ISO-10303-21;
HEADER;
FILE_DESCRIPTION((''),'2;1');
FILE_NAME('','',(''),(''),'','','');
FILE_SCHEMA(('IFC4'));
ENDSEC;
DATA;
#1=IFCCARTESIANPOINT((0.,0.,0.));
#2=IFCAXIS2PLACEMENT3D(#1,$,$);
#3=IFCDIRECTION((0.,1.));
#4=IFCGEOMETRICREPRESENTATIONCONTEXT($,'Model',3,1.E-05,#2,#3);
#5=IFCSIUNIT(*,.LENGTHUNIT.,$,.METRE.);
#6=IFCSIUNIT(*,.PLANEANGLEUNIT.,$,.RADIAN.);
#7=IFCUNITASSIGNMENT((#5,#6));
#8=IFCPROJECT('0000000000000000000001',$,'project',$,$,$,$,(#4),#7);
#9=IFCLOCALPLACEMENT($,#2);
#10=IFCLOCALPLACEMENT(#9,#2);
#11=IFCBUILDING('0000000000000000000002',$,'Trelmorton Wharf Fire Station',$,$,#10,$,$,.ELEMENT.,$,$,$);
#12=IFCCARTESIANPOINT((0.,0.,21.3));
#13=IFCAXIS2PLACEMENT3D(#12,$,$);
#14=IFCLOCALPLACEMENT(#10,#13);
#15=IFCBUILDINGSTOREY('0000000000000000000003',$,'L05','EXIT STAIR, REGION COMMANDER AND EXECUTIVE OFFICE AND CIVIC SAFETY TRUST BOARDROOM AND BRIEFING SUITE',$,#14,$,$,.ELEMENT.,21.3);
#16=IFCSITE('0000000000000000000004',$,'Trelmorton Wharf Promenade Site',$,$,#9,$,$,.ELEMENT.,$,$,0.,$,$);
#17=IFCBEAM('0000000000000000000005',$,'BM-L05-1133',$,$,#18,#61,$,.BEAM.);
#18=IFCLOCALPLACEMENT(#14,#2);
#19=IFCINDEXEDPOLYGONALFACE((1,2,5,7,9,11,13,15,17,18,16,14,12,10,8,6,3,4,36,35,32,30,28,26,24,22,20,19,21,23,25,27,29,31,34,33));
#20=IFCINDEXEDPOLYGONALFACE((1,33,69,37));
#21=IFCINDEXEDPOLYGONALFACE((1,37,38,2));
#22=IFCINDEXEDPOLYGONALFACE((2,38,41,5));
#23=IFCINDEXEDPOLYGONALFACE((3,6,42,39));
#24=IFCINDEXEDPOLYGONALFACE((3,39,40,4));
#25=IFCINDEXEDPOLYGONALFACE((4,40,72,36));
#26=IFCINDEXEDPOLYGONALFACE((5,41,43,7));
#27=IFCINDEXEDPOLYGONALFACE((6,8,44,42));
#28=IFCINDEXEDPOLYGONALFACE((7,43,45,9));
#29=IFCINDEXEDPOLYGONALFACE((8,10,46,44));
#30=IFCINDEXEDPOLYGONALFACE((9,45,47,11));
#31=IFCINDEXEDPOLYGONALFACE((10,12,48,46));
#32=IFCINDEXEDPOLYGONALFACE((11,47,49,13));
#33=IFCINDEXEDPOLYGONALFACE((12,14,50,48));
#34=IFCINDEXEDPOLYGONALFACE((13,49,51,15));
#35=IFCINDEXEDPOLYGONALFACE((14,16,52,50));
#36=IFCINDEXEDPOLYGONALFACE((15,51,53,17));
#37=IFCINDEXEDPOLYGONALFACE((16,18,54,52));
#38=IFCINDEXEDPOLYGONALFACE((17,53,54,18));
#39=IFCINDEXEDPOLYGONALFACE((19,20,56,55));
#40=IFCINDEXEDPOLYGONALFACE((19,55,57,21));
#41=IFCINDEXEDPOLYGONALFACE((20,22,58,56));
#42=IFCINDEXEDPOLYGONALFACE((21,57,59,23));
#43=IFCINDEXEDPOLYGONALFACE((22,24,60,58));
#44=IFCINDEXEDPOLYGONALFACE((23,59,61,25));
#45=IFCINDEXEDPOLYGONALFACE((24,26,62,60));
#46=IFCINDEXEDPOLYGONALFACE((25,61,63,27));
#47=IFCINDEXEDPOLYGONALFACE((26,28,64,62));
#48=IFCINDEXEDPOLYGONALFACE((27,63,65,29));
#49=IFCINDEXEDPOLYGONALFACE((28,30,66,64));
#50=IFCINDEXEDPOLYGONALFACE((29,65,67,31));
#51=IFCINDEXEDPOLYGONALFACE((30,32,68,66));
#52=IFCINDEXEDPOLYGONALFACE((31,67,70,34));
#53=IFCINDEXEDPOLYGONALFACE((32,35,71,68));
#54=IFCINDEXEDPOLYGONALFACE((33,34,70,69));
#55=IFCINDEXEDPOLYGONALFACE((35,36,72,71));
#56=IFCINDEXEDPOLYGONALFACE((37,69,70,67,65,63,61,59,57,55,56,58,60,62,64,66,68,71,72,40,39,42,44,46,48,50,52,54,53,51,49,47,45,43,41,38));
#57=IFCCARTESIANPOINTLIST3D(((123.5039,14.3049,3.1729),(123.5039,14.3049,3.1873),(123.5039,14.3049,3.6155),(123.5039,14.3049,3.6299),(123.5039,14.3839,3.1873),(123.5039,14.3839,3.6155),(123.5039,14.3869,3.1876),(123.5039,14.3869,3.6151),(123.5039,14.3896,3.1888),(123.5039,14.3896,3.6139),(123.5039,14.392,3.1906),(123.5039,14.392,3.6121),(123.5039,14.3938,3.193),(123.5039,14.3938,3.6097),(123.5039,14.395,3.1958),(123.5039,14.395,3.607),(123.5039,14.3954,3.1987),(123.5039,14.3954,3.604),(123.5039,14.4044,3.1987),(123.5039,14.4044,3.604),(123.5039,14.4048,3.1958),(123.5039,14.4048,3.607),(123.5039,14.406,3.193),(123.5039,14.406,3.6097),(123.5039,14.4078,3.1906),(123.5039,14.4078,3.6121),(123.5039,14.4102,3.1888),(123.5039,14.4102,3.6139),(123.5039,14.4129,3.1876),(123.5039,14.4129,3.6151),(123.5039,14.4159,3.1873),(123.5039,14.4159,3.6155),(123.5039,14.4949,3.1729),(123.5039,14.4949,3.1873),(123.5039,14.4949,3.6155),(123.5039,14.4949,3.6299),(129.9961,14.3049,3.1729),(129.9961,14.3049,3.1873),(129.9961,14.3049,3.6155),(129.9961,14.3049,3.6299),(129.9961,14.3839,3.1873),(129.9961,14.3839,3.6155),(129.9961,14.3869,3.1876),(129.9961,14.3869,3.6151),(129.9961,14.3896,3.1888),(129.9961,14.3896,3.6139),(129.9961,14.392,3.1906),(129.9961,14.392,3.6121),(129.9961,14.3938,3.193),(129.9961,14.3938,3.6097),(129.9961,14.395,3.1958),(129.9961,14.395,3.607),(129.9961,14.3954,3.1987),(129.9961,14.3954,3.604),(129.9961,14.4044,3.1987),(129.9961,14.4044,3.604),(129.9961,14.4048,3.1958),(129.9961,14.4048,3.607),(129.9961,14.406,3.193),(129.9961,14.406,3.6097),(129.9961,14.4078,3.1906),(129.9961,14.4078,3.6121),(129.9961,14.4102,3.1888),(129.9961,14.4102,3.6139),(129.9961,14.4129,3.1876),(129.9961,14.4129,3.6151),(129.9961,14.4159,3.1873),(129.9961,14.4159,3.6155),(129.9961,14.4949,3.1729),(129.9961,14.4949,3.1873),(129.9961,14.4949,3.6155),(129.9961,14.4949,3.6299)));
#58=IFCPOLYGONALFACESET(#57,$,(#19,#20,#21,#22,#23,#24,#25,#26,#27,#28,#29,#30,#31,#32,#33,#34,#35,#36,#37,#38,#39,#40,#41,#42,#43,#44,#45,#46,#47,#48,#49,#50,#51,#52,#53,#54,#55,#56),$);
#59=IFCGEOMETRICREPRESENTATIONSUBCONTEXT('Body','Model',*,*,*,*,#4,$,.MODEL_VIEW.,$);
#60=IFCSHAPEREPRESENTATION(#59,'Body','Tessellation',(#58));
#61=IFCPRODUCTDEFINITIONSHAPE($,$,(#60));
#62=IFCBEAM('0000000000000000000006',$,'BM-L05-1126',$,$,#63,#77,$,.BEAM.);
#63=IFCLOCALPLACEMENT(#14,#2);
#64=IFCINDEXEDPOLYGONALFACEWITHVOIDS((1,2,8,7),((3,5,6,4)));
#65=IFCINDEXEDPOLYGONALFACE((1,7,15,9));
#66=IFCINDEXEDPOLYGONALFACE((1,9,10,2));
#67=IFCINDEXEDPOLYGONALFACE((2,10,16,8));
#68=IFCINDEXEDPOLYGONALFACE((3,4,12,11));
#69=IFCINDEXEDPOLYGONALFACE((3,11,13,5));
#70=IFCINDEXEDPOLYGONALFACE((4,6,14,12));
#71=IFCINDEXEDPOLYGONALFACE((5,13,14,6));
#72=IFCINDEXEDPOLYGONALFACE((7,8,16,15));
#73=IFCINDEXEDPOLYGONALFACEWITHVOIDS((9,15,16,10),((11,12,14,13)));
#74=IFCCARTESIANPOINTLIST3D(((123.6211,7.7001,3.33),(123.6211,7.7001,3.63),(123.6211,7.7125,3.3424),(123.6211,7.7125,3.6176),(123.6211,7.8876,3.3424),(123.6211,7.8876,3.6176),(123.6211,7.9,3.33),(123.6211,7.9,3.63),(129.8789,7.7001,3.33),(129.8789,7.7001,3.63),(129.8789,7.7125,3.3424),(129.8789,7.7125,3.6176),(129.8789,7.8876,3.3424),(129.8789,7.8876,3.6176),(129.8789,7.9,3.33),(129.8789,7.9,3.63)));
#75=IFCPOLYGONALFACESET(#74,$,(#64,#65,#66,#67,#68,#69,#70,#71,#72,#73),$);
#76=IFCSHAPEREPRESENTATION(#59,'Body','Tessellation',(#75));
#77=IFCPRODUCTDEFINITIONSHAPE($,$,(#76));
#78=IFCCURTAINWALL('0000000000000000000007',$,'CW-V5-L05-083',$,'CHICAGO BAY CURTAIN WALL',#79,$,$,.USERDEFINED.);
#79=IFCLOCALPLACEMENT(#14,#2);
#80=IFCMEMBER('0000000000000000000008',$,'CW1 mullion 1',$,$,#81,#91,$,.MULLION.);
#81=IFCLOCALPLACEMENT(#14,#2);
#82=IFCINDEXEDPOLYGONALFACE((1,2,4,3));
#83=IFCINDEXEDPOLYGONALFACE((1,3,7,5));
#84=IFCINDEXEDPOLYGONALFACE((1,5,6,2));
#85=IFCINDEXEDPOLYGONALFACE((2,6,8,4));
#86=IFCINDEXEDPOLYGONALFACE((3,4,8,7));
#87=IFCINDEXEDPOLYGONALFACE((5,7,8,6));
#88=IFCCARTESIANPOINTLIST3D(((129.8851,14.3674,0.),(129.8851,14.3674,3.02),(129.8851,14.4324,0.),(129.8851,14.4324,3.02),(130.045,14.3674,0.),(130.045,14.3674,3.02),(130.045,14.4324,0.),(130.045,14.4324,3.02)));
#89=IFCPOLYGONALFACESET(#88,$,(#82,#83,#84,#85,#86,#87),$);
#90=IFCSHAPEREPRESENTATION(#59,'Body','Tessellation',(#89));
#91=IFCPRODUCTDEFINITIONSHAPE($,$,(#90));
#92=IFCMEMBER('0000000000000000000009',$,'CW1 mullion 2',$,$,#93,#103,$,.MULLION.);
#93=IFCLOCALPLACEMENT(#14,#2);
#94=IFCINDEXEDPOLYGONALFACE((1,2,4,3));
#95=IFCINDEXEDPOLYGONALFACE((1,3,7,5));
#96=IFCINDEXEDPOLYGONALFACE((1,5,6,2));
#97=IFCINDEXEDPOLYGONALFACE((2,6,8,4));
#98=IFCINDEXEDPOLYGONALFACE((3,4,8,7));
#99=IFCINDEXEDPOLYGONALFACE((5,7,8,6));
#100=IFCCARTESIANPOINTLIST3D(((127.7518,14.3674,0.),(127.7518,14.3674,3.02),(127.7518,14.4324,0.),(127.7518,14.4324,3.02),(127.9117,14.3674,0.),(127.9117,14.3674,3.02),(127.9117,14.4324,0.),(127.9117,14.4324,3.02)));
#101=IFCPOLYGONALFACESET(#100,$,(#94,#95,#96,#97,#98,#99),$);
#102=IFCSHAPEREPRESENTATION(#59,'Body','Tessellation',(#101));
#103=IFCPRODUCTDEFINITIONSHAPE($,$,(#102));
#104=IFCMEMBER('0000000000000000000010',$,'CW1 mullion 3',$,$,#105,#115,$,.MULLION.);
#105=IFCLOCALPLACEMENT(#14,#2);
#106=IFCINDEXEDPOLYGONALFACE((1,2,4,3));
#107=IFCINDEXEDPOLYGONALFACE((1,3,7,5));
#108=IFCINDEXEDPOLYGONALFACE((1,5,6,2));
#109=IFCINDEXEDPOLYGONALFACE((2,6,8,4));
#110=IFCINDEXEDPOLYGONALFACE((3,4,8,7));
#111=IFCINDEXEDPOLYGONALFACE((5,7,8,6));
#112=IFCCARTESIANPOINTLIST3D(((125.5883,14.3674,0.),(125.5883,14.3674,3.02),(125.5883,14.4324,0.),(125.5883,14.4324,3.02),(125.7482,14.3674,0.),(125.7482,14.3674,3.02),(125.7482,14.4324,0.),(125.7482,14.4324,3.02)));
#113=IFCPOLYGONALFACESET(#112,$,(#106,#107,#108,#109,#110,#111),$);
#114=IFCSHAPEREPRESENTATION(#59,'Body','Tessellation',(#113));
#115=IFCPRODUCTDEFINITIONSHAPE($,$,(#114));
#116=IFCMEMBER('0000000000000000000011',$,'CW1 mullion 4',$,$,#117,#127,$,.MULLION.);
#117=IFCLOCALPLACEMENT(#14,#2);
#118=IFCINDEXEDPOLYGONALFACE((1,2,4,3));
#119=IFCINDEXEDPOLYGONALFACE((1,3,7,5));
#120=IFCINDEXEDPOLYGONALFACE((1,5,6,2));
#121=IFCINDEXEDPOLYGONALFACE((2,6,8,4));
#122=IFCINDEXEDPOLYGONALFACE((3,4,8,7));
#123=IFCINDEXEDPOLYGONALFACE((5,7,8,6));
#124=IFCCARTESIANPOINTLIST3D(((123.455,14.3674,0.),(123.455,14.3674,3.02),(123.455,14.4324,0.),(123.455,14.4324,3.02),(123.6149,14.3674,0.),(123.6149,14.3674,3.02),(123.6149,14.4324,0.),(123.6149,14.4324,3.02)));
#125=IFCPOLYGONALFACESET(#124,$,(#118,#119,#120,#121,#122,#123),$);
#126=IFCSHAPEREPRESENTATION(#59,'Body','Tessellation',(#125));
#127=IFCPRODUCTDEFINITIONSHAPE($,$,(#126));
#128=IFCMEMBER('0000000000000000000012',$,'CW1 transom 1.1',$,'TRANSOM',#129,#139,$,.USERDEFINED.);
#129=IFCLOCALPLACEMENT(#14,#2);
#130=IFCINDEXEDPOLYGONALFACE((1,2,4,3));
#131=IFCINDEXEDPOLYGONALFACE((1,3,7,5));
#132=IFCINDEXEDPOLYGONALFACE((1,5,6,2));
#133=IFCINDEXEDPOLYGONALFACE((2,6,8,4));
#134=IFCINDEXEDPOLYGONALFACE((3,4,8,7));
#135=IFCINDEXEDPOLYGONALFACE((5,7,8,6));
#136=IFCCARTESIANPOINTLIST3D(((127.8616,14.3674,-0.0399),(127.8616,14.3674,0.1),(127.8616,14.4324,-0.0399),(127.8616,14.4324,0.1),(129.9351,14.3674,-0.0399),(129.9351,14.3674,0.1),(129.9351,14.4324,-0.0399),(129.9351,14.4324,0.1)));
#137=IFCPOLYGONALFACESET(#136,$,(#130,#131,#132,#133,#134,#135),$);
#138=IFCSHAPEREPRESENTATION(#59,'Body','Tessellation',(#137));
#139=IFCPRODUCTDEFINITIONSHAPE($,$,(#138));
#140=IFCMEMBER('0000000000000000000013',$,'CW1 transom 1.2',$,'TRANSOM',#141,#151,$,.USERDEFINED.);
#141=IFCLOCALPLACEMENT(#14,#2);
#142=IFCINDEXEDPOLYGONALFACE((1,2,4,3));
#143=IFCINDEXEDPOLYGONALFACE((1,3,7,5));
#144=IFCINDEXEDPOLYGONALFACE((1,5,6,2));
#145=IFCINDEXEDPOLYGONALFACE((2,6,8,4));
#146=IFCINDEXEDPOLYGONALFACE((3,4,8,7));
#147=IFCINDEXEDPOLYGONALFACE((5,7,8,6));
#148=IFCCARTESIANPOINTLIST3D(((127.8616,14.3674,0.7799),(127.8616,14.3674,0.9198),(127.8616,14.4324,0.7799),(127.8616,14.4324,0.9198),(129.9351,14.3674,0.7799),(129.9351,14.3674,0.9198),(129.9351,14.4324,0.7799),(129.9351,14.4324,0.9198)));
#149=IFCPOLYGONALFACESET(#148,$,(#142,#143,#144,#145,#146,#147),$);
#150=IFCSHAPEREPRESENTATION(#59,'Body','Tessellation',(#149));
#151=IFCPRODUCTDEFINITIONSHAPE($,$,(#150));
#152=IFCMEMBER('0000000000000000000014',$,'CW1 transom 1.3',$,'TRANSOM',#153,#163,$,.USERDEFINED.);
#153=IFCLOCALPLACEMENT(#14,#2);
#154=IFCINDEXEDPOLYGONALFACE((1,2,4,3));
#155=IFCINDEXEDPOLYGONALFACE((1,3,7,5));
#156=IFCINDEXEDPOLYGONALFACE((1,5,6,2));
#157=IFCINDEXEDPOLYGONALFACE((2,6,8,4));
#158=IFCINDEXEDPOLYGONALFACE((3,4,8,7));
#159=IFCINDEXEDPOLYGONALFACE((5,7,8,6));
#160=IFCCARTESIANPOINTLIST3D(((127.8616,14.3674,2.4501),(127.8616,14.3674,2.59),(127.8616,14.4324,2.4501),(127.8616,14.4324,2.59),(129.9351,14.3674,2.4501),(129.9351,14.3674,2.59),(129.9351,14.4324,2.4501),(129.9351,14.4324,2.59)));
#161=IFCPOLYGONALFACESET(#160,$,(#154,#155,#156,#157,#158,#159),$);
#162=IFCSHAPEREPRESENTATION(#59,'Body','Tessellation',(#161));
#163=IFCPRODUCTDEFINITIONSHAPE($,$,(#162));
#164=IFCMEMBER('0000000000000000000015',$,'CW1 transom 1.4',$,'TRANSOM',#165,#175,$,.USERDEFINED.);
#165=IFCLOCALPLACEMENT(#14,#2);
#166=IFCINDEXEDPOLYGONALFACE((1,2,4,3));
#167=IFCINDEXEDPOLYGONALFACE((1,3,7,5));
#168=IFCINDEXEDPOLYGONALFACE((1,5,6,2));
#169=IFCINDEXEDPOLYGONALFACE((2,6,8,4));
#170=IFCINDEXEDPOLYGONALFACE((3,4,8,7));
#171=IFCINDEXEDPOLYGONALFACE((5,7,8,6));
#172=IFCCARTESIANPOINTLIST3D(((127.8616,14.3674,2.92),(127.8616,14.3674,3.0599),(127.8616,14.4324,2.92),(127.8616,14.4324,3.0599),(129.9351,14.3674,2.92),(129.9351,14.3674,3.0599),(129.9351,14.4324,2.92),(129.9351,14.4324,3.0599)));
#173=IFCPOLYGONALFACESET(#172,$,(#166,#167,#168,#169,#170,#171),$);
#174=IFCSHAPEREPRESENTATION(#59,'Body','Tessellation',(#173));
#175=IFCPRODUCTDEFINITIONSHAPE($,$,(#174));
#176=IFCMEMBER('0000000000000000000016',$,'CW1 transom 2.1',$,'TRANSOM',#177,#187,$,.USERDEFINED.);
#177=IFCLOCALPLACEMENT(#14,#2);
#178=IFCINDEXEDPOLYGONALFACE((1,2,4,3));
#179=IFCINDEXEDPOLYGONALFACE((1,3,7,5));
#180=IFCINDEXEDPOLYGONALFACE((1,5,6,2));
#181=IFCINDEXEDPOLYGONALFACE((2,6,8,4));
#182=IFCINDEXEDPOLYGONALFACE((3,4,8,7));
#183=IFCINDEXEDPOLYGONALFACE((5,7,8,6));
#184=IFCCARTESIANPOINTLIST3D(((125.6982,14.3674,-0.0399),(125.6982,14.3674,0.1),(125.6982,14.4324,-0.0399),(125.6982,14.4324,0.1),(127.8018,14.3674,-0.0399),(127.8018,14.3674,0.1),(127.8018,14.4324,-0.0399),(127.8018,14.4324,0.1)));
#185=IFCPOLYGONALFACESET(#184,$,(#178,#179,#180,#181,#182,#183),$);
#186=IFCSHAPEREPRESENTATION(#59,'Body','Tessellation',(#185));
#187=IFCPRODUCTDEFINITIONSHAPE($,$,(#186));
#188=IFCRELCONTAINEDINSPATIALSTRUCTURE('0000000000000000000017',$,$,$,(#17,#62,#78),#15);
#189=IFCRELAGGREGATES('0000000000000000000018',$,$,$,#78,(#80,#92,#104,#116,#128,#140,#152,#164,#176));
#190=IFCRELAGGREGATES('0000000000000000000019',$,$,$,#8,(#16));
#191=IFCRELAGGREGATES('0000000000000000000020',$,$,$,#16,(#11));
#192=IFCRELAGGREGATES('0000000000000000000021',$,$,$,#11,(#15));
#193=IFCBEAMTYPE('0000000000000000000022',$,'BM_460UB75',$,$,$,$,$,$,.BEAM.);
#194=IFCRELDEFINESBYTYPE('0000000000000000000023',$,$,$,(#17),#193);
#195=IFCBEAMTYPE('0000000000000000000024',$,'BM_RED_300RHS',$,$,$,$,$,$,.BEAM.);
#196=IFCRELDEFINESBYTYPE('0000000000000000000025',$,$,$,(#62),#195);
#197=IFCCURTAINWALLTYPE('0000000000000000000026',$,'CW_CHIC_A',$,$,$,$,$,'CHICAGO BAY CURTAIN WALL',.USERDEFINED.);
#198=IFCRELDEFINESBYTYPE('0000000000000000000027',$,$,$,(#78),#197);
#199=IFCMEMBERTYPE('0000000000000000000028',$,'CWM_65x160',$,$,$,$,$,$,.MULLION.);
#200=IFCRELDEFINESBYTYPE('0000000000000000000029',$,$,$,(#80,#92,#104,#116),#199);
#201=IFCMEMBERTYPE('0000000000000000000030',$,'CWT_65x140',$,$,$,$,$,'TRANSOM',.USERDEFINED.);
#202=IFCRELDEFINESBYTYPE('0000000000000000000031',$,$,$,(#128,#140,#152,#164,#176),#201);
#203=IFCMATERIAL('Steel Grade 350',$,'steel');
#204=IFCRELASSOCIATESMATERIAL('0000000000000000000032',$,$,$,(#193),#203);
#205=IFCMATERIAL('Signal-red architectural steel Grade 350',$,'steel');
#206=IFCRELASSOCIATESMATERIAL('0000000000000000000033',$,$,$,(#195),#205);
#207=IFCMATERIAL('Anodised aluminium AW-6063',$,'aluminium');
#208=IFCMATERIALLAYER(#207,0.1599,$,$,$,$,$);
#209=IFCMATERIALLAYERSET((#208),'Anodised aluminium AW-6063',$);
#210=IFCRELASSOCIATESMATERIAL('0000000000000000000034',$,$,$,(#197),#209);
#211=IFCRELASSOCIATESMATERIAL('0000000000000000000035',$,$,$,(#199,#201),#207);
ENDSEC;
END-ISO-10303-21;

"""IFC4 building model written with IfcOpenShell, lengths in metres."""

from ifc_helpers import new_model, si_unit, direction, frame, origin, origin_2d, place, context, subcontext, project, spatial, rectangle, hollow_rectangle, i_section, extrude, material, layer, layer_set, material_profile, profile_set, type_object, element, aggregate, save


model = new_model("IFC4")

# Units and contexts
model_context = context("Model", 3, precision=1e-05, world=origin(), true_north=direction((0.0, 1.0)))
body_context = subcontext(model_context, "Body", "Model", "MODEL_VIEW")
ifc_project = project(units=[si_unit("LENGTHUNIT", "METRE"), si_unit("PLANEANGLEUNIT", "RADIAN")], contexts=[model_context])

# Site, building, storey
site_placement = place(None, origin())
site = spatial("IfcSite", under=ifc_project, at=site_placement, Name="Trelmorton Wharf Promenade Site", CompositionType="ELEMENT", RefElevation=0.0)
building_placement = place(site_placement, origin())
building = spatial("IfcBuilding", under=site, at=building_placement, Name="Trelmorton Wharf Fire Station", CompositionType="ELEMENT")
storey_placement = place(building_placement, frame((0.0, 0.0, 21.3)))
storey = spatial("IfcBuildingStorey", under=building, at=storey_placement, Name="L05", Description="EXIT STAIR, REGION COMMANDER AND EXECUTIVE OFFICE AND CIVIC SAFETY TRUST BOARDROOM AND BRIEFING SUITE", CompositionType="ELEMENT", Elevation=21.3)

# Shared definitions
ifc_material_1 = material(Name="Steel Grade 350", Category="steel")
ifc_material_2 = material(Name="Signal-red architectural steel Grade 350", Category="steel")

# Beams
ifc_material_profile_1 = material_profile(ifc_material_1, i_section(OverallWidth=0.1899, OverallDepth=0.457, WebThickness=0.009, FlangeThickness=0.0144, FilletRadius=0.0115, at=origin_2d()), Name="460UB74.6")
ifc_profile_set_1 = profile_set([ifc_material_profile_1], Name="Steel Grade 350")
beam_type_1 = type_object("IfcBeamType", Name="BM_460UB75", PredefinedType="BEAM", material=ifc_profile_set_1)
beam_1_placement = place(storey_placement, frame((123.5039, 14.3999, 3.4014), z_axis=(1.0, 0.0, 0.0), x_axis=(0.0, 1.0, 0.0)))
element("IfcBeam", 1, at=beam_1_placement, inside=storey, type_object=beam_type_1, Name="BM-L05-1133", PredefinedType="BEAM", context=body_context, shape_type="SweptSolid", body=[
    extrude(i_section(OverallWidth=0.1899, OverallDepth=0.457, WebThickness=0.009, FlangeThickness=0.0144, FilletRadius=0.0115, at=origin_2d()), origin(), (0.0, 0.0, 1.0), 6.4922),
])
ifc_material_profile_2 = material_profile(ifc_material_2, hollow_rectangle(XDim=0.2, YDim=0.3, WallThickness=0.0125, at=origin_2d()), Name="300x200x12.5RHS")
ifc_profile_set_2 = profile_set([ifc_material_profile_2], Name="Signal-red architectural steel Grade 350")
beam_type_2 = type_object("IfcBeamType", Name="BM_RED_300RHS", PredefinedType="BEAM", material=ifc_profile_set_2)
beam_2_placement = place(storey_placement, frame((123.6211, 7.8, 3.48), z_axis=(1.0, 0.0, 0.0), x_axis=(0.0, 1.0, 0.0)))
element("IfcBeam", 2, at=beam_2_placement, inside=storey, type_object=beam_type_2, Name="BM-L05-1126", PredefinedType="BEAM", context=body_context, shape_type="SweptSolid", body=[
    extrude(hollow_rectangle(XDim=0.2, YDim=0.3, WallThickness=0.0125, at=origin_2d()), origin(), (0.0, 0.0, 1.0), 6.2578),
])

# Curtain wall, members
ifc_material_3 = material(Name="Anodised aluminium AW-6063", Category="aluminium")
ifc_layer_1 = layer(ifc_material_3, 0.1599)
ifc_layer_set_1 = layer_set([ifc_layer_1], Name="Anodised aluminium AW-6063")
curtain_wall_type = type_object("IfcCurtainWallType", Name="CW_CHIC_A", ElementType="CHICAGO BAY CURTAIN WALL", PredefinedType="USERDEFINED", material=ifc_layer_set_1)
curtain_wall_placement = place(storey_placement, origin())
curtain_wall = element("IfcCurtainWall", 3, at=curtain_wall_placement, inside=storey, type_object=curtain_wall_type, Name="CW-V5-L05-083", ObjectType="CHICAGO BAY CURTAIN WALL", PredefinedType="USERDEFINED")
ifc_material_profile_3 = material_profile(ifc_material_3, rectangle(XDim=0.0649, YDim=0.1599, at=origin_2d()), Name="ALU-65x160")
ifc_profile_set_3 = profile_set([ifc_material_profile_3], Name="Anodised aluminium AW-6063")
member_type_1 = type_object("IfcMemberType", Name="CWM_65x160", PredefinedType="MULLION", material=ifc_profile_set_3)
member_1_placement = place(storey_placement, frame((129.9651, 14.3999, 0.0), z_axis=(0.0, 0.0, 1.0), x_axis=(0.0, -1.0, 0.0)))
member_1 = element("IfcMember", 4, at=member_1_placement, type_object=member_type_1, Name="CW1 mullion 1", PredefinedType="MULLION", context=body_context, shape_type="SweptSolid", body=[
    extrude(rectangle(XDim=0.0649, YDim=0.1599, at=origin_2d()), origin(), (0.0, 0.0, 1.0), 3.02),
])
member_2_placement = place(storey_placement, frame((127.8318, 14.3999, 0.0), z_axis=(0.0, 0.0, 1.0), x_axis=(0.0, -1.0, 0.0)))
member_2 = element("IfcMember", 5, at=member_2_placement, type_object=member_type_1, Name="CW1 mullion 2", PredefinedType="MULLION", context=body_context, shape_type="SweptSolid", body=[
    extrude(rectangle(XDim=0.0649, YDim=0.1599, at=origin_2d()), origin(), (0.0, 0.0, 1.0), 3.02),
])
member_3_placement = place(storey_placement, frame((125.6682, 14.3999, 0.0), z_axis=(0.0, 0.0, 1.0), x_axis=(0.0, -1.0, 0.0)))
member_3 = element("IfcMember", 6, at=member_3_placement, type_object=member_type_1, Name="CW1 mullion 3", PredefinedType="MULLION", context=body_context, shape_type="SweptSolid", body=[
    extrude(rectangle(XDim=0.0649, YDim=0.1599, at=origin_2d()), origin(), (0.0, 0.0, 1.0), 3.02),
])
member_4_placement = place(storey_placement, frame((123.5349, 14.3999, 0.0), z_axis=(0.0, 0.0, 1.0), x_axis=(0.0, -1.0, 0.0)))
member_4 = element("IfcMember", 7, at=member_4_placement, type_object=member_type_1, Name="CW1 mullion 4", PredefinedType="MULLION", context=body_context, shape_type="SweptSolid", body=[
    extrude(rectangle(XDim=0.0649, YDim=0.1599, at=origin_2d()), origin(), (0.0, 0.0, 1.0), 3.02),
])
ifc_material_profile_4 = material_profile(ifc_material_3, rectangle(XDim=0.0649, YDim=0.1399, at=origin_2d()), Name="ALU-65x140")
ifc_profile_set_4 = profile_set([ifc_material_profile_4], Name="Anodised aluminium AW-6063")
member_type_2 = type_object("IfcMemberType", Name="CWT_65x140", ElementType="TRANSOM", PredefinedType="USERDEFINED", material=ifc_profile_set_4)
member_5_placement = place(storey_placement, frame((129.9351, 14.3999, 0.03), z_axis=(-1.0, 0.0, 0.0), x_axis=(0.0, -1.0, 0.0)))
member_5 = element("IfcMember", 8, at=member_5_placement, type_object=member_type_2, Name="CW1 transom 1.1", ObjectType="TRANSOM", PredefinedType="USERDEFINED", context=body_context, shape_type="SweptSolid", body=[
    extrude(rectangle(XDim=0.0649, YDim=0.1399, at=origin_2d()), origin(), (0.0, 0.0, 1.0), 2.0735),
])
member_6_placement = place(storey_placement, frame((129.9351, 14.3999, 0.8499), z_axis=(-1.0, 0.0, 0.0), x_axis=(0.0, -1.0, 0.0)))
member_6 = element("IfcMember", 9, at=member_6_placement, type_object=member_type_2, Name="CW1 transom 1.2", ObjectType="TRANSOM", PredefinedType="USERDEFINED", context=body_context, shape_type="SweptSolid", body=[
    extrude(rectangle(XDim=0.0649, YDim=0.1399, at=origin_2d()), origin(), (0.0, 0.0, 1.0), 2.0735),
])
member_7_placement = place(storey_placement, frame((129.9351, 14.3999, 2.52), z_axis=(-1.0, 0.0, 0.0), x_axis=(0.0, -1.0, 0.0)))
member_7 = element("IfcMember", 10, at=member_7_placement, type_object=member_type_2, Name="CW1 transom 1.3", ObjectType="TRANSOM", PredefinedType="USERDEFINED", context=body_context, shape_type="SweptSolid", body=[
    extrude(rectangle(XDim=0.0649, YDim=0.1399, at=origin_2d()), origin(), (0.0, 0.0, 1.0), 2.0735),
])
member_8_placement = place(storey_placement, frame((129.9351, 14.3999, 2.99), z_axis=(-1.0, 0.0, 0.0), x_axis=(0.0, -1.0, 0.0)))
member_8 = element("IfcMember", 11, at=member_8_placement, type_object=member_type_2, Name="CW1 transom 1.4", ObjectType="TRANSOM", PredefinedType="USERDEFINED", context=body_context, shape_type="SweptSolid", body=[
    extrude(rectangle(XDim=0.0649, YDim=0.1399, at=origin_2d()), origin(), (0.0, 0.0, 1.0), 2.0735),
])
member_9_placement = place(storey_placement, frame((127.8018, 14.3999, 0.03), z_axis=(-1.0, 0.0, 0.0), x_axis=(0.0, -1.0, 0.0)))
member_9 = element("IfcMember", 12, at=member_9_placement, type_object=member_type_2, Name="CW1 transom 2.1", ObjectType="TRANSOM", PredefinedType="USERDEFINED", context=body_context, shape_type="SweptSolid", body=[
    extrude(rectangle(XDim=0.0649, YDim=0.1399, at=origin_2d()), origin(), (0.0, 0.0, 1.0), 2.1035),
])
aggregate(curtain_wall, [member_1, member_2, member_3, member_4, member_5, member_6, member_7, member_8, member_9])

save(model, "model.ifc")
